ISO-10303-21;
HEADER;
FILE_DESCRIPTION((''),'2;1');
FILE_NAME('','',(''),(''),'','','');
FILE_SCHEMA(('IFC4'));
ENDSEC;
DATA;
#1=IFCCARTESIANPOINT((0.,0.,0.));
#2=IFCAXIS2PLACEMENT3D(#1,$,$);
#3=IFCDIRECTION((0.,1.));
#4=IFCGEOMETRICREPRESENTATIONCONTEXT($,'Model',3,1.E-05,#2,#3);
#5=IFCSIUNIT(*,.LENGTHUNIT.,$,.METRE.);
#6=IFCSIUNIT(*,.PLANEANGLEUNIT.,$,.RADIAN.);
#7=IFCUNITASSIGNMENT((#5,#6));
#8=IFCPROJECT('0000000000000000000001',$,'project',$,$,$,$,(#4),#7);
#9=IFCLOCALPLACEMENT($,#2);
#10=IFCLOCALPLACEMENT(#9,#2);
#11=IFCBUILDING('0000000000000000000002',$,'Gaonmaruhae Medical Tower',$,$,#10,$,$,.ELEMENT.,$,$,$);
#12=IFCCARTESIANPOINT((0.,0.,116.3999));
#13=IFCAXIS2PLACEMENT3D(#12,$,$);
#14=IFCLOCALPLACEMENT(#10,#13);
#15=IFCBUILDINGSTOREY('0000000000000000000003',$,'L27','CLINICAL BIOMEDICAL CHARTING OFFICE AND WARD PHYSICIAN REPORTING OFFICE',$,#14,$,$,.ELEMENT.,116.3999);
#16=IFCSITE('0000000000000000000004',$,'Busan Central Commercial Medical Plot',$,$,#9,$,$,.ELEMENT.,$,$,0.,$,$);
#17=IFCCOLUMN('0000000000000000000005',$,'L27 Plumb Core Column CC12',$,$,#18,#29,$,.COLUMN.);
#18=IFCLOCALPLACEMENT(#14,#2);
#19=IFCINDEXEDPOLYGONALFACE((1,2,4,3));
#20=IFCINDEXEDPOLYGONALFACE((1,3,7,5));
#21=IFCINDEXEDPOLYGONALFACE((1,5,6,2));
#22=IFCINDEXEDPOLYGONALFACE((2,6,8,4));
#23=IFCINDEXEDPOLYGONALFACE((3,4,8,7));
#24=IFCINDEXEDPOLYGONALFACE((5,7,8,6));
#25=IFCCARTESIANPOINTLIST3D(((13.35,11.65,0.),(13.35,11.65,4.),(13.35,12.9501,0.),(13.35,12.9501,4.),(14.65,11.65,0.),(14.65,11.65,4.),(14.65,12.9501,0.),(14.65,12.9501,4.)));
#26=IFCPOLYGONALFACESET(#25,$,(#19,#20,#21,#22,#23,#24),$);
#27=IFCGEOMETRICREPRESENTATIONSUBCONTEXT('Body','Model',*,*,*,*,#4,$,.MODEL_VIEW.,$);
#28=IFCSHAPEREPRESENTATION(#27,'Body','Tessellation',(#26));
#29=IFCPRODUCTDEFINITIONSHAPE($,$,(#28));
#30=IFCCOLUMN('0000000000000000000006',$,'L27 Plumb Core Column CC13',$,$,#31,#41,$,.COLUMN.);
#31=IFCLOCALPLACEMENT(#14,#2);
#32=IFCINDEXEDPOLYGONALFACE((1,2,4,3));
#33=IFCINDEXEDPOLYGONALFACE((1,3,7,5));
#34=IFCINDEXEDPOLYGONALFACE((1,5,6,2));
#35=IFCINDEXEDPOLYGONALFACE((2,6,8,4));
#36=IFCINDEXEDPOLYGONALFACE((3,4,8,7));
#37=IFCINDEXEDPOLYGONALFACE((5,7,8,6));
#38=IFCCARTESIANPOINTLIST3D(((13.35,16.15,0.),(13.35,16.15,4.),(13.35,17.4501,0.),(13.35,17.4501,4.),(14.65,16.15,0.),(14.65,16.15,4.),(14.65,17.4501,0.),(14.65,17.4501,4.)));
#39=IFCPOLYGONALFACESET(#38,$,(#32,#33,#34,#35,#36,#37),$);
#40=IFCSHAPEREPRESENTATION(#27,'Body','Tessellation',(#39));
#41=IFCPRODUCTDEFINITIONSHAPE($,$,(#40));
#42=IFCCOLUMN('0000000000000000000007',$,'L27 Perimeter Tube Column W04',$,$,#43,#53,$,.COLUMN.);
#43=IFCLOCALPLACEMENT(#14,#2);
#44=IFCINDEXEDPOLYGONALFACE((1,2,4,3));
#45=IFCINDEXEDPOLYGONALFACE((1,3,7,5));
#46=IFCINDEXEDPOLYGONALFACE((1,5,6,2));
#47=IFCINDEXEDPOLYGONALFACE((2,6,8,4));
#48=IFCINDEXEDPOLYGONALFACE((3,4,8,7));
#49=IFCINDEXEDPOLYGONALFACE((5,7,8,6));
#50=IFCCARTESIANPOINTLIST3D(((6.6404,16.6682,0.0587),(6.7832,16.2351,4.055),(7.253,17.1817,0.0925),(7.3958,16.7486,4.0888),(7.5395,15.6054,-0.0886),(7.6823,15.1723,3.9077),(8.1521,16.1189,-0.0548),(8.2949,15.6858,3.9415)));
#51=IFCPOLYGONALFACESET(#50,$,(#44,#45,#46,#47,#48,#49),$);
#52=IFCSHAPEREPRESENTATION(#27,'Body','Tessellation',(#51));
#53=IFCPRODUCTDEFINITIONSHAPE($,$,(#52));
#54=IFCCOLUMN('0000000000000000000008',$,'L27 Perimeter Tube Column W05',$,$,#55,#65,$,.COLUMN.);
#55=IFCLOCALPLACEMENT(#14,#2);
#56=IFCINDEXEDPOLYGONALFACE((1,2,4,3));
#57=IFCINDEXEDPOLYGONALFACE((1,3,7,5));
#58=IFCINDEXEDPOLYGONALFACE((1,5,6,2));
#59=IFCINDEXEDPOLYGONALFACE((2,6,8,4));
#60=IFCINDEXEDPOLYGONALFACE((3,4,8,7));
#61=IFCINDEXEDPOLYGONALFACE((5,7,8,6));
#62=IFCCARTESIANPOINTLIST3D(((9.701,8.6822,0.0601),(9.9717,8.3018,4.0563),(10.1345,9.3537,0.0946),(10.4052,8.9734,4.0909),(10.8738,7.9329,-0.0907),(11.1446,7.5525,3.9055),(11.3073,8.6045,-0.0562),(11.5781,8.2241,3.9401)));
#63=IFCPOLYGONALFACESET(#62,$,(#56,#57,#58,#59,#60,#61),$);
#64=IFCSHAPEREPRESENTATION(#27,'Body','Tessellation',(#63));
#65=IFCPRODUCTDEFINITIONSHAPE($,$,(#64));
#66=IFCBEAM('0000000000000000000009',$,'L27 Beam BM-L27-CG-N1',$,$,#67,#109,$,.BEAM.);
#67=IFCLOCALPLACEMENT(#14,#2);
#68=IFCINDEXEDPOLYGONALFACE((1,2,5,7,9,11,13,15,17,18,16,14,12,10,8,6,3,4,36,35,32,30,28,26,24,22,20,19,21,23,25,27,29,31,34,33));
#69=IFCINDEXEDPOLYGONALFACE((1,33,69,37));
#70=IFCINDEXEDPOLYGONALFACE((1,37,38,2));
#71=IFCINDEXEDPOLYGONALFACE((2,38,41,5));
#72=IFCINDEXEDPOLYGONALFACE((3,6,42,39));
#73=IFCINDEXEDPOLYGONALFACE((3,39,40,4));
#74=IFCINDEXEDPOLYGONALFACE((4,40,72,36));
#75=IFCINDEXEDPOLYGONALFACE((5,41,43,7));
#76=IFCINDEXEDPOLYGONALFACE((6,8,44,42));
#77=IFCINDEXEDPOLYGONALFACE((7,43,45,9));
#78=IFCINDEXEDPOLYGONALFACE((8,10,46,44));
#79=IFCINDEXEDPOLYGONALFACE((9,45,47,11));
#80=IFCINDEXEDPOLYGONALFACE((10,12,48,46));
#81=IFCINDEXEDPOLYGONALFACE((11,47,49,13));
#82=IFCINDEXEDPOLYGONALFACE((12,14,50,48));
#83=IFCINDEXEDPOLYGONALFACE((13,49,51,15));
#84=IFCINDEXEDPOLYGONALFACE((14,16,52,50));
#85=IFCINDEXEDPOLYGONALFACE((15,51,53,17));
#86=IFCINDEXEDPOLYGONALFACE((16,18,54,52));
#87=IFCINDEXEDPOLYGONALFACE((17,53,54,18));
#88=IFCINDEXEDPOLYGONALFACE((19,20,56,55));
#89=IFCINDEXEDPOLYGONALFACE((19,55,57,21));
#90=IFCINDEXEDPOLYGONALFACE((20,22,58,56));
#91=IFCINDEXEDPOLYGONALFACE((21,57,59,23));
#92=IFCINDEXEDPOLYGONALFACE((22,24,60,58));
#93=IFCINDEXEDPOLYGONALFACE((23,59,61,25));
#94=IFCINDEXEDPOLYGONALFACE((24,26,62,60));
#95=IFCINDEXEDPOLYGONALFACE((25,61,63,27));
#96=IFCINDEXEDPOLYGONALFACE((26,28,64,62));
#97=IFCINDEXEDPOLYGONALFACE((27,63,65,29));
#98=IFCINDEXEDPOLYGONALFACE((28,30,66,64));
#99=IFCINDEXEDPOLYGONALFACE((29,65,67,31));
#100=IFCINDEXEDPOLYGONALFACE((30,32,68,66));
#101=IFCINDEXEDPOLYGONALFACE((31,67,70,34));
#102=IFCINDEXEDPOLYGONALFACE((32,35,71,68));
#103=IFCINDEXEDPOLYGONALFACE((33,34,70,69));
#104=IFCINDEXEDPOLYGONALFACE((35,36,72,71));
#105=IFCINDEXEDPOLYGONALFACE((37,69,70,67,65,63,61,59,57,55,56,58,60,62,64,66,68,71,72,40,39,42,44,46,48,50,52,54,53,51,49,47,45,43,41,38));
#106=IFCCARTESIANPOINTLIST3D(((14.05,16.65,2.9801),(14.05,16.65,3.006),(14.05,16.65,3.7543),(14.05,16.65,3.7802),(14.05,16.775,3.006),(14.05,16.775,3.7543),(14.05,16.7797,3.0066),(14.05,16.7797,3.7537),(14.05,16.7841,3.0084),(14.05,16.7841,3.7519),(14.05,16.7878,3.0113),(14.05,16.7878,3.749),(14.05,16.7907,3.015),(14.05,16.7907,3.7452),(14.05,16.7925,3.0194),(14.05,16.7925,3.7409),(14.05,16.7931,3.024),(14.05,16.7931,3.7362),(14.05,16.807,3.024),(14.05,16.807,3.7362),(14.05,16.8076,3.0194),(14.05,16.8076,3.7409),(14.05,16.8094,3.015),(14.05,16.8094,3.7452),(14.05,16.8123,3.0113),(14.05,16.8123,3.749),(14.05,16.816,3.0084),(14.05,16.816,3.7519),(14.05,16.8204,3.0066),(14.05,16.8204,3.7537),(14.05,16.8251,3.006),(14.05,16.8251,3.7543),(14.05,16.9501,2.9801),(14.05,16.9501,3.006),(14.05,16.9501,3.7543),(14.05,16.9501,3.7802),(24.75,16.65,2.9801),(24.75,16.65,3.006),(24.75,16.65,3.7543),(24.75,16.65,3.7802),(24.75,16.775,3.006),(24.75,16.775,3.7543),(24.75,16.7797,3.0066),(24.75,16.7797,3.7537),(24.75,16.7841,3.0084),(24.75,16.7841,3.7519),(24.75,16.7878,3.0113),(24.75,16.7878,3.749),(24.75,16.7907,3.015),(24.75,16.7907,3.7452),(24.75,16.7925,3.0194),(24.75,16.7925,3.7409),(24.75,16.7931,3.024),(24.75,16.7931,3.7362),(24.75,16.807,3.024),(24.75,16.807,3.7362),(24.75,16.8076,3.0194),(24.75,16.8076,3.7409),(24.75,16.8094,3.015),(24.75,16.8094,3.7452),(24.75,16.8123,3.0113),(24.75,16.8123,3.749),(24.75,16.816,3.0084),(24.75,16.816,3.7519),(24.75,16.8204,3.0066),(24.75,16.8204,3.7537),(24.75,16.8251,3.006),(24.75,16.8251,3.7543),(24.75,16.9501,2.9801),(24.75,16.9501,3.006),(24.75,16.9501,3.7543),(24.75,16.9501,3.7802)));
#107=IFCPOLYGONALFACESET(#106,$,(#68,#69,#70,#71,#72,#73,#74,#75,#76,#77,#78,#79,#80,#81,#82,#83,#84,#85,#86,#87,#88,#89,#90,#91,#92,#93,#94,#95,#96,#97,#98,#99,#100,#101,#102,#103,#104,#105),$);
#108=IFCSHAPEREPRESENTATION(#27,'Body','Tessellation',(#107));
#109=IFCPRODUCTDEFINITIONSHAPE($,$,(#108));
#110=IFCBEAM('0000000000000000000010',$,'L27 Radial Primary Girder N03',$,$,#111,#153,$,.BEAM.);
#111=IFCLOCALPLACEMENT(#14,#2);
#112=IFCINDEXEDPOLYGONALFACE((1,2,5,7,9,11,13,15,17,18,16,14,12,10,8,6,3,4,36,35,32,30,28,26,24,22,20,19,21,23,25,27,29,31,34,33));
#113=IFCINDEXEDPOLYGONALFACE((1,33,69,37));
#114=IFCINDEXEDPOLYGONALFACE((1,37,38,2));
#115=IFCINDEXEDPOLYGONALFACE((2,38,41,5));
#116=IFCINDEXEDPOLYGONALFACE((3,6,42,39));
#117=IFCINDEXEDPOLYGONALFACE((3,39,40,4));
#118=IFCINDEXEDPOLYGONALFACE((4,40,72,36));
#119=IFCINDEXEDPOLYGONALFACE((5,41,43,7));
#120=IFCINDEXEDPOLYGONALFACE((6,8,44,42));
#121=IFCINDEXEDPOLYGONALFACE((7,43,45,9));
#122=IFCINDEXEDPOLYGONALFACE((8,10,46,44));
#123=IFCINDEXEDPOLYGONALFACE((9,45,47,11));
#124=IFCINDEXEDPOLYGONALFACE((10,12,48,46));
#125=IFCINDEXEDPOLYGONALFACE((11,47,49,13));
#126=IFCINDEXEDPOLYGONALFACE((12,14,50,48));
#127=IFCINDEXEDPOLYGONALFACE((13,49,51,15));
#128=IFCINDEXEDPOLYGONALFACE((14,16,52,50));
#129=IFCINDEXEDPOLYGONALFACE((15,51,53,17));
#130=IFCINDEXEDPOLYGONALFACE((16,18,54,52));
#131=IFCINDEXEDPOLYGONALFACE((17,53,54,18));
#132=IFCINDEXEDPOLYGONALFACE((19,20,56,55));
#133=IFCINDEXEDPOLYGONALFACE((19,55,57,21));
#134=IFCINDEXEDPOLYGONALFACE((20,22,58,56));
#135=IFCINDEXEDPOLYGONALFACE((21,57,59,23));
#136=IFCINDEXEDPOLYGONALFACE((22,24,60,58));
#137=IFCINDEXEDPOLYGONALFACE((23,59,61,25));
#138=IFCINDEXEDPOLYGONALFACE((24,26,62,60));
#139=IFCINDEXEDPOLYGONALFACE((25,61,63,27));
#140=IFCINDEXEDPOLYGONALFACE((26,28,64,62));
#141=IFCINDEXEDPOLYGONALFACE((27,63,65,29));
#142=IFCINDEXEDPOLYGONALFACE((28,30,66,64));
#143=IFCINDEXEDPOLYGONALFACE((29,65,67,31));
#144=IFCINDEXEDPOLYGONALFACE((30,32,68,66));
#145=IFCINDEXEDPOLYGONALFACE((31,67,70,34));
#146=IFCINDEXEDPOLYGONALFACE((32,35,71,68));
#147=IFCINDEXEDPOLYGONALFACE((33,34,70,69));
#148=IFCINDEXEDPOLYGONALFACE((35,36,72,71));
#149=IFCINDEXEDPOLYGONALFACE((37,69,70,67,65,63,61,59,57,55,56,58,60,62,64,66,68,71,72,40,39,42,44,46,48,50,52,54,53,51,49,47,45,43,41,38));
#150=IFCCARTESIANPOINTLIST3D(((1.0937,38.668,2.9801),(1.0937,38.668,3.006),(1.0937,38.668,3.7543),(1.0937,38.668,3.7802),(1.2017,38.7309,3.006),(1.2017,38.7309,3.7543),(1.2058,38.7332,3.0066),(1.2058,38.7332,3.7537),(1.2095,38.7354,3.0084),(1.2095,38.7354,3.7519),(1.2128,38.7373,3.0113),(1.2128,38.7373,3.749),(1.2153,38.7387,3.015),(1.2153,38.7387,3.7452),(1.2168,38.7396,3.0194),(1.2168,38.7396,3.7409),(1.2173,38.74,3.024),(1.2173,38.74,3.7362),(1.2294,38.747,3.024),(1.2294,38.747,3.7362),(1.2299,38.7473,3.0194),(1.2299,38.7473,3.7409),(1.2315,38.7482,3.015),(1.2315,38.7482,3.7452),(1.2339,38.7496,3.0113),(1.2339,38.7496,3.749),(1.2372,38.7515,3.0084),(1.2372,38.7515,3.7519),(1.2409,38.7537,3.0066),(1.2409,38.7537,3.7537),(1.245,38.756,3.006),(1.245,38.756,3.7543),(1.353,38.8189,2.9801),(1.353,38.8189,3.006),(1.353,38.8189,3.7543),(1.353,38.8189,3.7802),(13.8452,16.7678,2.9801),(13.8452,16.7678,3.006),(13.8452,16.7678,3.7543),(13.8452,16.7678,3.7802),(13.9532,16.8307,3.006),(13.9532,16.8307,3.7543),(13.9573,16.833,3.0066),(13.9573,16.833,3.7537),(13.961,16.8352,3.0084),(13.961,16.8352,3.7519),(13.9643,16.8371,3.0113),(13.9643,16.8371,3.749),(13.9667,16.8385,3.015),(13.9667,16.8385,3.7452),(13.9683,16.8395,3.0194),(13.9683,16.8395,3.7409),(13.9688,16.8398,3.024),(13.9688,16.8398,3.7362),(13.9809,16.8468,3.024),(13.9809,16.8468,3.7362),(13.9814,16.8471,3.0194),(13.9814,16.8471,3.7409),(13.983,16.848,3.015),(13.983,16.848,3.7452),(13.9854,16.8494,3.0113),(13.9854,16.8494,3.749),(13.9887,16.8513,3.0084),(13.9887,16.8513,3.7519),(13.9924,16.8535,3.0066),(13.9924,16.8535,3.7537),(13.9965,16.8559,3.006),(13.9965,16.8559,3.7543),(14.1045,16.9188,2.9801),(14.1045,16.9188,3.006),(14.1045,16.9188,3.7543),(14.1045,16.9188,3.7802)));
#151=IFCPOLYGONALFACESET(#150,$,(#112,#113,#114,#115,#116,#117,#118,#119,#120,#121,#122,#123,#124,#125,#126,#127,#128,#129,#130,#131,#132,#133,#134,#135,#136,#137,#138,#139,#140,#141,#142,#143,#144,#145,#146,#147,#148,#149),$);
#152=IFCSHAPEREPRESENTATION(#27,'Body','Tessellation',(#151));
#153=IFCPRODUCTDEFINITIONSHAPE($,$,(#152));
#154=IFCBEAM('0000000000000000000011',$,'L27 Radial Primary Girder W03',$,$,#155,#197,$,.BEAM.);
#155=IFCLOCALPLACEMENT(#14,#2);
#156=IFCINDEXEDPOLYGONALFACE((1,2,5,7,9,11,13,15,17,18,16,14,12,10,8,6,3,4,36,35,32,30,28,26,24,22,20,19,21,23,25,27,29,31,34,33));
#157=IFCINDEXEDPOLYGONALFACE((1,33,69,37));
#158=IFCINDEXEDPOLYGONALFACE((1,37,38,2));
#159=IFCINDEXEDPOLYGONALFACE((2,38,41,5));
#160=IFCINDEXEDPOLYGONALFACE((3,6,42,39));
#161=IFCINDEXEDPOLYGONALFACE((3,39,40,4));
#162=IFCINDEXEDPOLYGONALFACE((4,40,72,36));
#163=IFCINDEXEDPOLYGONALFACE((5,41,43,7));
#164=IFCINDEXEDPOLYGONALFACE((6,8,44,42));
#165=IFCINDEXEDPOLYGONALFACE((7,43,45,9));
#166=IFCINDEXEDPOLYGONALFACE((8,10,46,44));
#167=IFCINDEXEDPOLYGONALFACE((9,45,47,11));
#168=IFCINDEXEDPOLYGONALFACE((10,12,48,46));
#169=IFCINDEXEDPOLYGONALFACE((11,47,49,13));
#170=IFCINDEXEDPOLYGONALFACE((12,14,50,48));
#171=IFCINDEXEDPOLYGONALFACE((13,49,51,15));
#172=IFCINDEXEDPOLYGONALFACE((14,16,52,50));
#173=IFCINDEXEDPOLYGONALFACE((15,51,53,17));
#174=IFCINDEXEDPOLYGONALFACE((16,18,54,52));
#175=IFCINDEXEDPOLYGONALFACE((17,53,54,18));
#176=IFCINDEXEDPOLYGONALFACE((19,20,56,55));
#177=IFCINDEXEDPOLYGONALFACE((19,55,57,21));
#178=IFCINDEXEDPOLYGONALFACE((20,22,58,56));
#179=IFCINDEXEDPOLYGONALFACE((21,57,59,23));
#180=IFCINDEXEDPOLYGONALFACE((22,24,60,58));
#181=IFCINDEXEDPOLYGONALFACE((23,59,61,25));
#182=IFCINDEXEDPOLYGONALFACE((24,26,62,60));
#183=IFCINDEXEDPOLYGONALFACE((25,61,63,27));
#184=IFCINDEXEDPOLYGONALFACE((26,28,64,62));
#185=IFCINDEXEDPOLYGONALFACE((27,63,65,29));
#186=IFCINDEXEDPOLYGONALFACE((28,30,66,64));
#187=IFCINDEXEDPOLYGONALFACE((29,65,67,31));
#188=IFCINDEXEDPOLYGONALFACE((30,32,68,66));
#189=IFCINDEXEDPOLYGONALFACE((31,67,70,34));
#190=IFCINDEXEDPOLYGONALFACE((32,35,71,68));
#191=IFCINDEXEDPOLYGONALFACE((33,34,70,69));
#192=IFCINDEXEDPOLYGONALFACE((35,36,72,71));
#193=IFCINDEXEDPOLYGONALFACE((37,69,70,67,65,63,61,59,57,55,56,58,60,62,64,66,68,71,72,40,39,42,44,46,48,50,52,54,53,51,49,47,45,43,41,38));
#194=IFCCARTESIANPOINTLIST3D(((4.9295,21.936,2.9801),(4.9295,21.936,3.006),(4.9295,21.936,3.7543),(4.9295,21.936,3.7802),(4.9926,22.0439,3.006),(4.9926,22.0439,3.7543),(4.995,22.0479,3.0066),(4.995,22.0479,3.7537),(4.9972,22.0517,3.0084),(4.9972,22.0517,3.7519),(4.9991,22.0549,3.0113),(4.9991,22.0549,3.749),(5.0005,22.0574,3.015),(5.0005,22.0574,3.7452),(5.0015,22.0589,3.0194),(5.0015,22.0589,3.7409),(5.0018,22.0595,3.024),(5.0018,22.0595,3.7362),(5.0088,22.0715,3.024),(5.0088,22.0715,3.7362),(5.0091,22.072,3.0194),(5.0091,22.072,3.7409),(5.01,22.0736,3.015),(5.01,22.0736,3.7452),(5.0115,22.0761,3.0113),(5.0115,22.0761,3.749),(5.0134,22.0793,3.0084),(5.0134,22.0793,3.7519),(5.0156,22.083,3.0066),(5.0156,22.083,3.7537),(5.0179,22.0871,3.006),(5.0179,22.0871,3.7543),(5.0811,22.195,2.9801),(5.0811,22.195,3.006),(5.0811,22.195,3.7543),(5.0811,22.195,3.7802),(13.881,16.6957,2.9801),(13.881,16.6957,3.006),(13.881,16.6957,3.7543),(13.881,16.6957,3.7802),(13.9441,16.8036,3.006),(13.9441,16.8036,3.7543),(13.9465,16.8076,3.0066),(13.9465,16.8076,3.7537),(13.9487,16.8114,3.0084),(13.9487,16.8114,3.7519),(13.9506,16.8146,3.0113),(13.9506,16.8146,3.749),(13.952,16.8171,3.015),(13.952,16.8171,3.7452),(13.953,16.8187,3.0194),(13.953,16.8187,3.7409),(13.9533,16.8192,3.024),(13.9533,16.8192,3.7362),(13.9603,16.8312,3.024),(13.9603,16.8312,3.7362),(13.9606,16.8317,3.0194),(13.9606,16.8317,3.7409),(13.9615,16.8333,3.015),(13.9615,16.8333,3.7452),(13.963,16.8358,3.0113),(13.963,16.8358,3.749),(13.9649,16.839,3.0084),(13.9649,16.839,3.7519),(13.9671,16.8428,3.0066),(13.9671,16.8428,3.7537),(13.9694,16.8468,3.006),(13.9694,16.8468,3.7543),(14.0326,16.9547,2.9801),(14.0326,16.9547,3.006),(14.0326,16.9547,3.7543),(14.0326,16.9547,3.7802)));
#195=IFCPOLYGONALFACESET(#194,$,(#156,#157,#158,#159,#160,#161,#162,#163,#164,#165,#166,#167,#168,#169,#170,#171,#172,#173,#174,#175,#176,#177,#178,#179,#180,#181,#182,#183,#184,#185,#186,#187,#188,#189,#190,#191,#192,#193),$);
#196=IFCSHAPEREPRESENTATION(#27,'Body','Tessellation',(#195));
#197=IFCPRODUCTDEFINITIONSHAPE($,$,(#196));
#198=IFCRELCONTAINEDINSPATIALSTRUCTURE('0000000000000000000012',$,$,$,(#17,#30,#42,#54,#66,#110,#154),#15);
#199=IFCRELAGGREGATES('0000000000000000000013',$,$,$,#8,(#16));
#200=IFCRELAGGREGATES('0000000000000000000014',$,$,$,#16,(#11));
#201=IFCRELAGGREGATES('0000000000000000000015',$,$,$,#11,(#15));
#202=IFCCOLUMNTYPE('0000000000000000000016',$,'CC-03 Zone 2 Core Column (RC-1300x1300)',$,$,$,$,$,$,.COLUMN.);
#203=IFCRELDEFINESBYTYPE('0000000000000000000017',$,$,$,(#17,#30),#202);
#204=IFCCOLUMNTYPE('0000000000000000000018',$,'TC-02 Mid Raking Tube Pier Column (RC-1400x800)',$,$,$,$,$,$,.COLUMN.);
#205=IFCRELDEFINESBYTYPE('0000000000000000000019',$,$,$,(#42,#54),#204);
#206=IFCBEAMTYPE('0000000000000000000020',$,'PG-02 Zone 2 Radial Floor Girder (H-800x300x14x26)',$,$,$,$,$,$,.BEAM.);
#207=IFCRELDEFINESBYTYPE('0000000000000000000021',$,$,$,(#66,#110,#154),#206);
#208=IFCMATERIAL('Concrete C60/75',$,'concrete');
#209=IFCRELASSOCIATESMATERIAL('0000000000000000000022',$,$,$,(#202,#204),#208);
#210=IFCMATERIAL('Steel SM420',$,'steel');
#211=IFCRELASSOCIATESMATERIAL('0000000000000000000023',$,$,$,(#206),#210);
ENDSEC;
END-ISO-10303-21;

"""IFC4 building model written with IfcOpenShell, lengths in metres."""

from ifc_helpers import new_model, si_unit, direction, frame, origin, origin_2d, place, context, subcontext, project, spatial, rectangle, i_section, extrude, material, material_profile, profile_set, type_object, element, save


model = new_model("IFC4")

# Units and contexts
model_context = context("Model", 3, precision=1e-05, world=origin(), true_north=direction((0.0, 1.0)))
body_context = subcontext(model_context, "Body", "Model", "MODEL_VIEW")
ifc_project = project(units=[si_unit("LENGTHUNIT", "METRE"), si_unit("PLANEANGLEUNIT", "RADIAN")], contexts=[model_context])

# Site, building, storey
site_placement = place(None, origin())
site = spatial("IfcSite", under=ifc_project, at=site_placement, Name="Busan Central Commercial Medical Plot", CompositionType="ELEMENT", RefElevation=0.0)
building_placement = place(site_placement, origin())
building = spatial("IfcBuilding", under=site, at=building_placement, Name="Gaonmaruhae Medical Tower", CompositionType="ELEMENT")
storey_placement = place(building_placement, frame((0.0, 0.0, 116.3999)))
storey = spatial("IfcBuildingStorey", under=building, at=storey_placement, Name="L27", Description="CLINICAL BIOMEDICAL CHARTING OFFICE AND WARD PHYSICIAN REPORTING OFFICE", CompositionType="ELEMENT", Elevation=116.3999)

# Columns
ifc_material_1 = material(Name="Concrete C60/75", Category="concrete")
ifc_material_profile_1 = material_profile(ifc_material_1, rectangle(XDim=1.3, YDim=1.3, at=origin_2d()), Name="RC-1300x1300")
ifc_profile_set_1 = profile_set([ifc_material_profile_1], Name="Concrete C60/75")
column_type_1 = type_object("IfcColumnType", Name="CC-03 Zone 2 Core Column (RC-1300x1300)", PredefinedType="COLUMN", material=ifc_profile_set_1)
for number, where, z_axis, x_axis, name in (
    (1, (14.0, 12.3, 0.0), (0.0, 0.0, 1.0), (1.0, 0.0, 0.0), "L27 Plumb Core Column CC12"),
    (2, (14.0, 16.8, 0.0), (0.0, 0.0, 1.0), (1.0, 0.0, 0.0), "L27 Plumb Core Column CC13"),
):
    element("IfcColumn", number, at=place(storey_placement, frame(where, z_axis=z_axis, x_axis=x_axis)), inside=storey, type_object=column_type_1, Name=name, PredefinedType="COLUMN", context=body_context, shape_type="SweptSolid", body=[
        extrude(rectangle(XDim=1.3, YDim=1.3, at=origin_2d()), origin(), (0.0, 0.0, 1.0), 4.0),
    ])
ifc_material_profile_2 = material_profile(ifc_material_1, rectangle(XDim=1.3999, YDim=0.8, at=origin_2d()), Name="RC-1400x800")
ifc_profile_set_2 = profile_set([ifc_material_profile_2], Name="Concrete C60/75")
column_type_2 = type_object("IfcColumnType", Name="TC-02 Mid Raking Tube Pier Column (RC-1400x800)", PredefinedType="COLUMN", material=ifc_profile_set_2)
column_1_placement = place(storey_placement, frame((7.3962, 16.3936, 0.002), z_axis=(0.035508, -0.107677, 0.993552), x_axis=(-0.642258, 0.75923, 0.105235)))
element("IfcColumn", 3, at=column_1_placement, inside=storey, type_object=column_type_2, Name="L27 Perimeter Tube Column W04", PredefinedType="COLUMN", context=body_context, shape_type="SweptSolid", body=[
    extrude(rectangle(XDim=1.3999, YDim=0.8, at=origin_2d()), origin(), (0.0, 0.0, 1.0), 4.0222),
])
column_2_placement = place(storey_placement, frame((10.5042, 8.6433, 0.002), z_axis=(0.067292, -0.094537, 0.993244), x_axis=(-0.837815, 0.535225, 0.107705)))
element("IfcColumn", 4, at=column_2_placement, inside=storey, type_object=column_type_2, Name="L27 Perimeter Tube Column W05", PredefinedType="COLUMN", context=body_context, shape_type="SweptSolid", body=[
    extrude(rectangle(XDim=1.3999, YDim=0.8, at=origin_2d()), origin(), (0.0, 0.0, 1.0), 4.0234),
])

# Beams
ifc_material_2 = material(Name="Steel SM420", Category="steel")
ifc_material_profile_3 = material_profile(ifc_material_2, i_section(OverallWidth=0.3, OverallDepth=0.8, WebThickness=0.0139, FlangeThickness=0.0259, FilletRadius=0.0181, at=origin_2d()), Name="H-800x300x14x26")
ifc_profile_set_3 = profile_set([ifc_material_profile_3], Name="Steel SM420")
beam_type_1 = type_object("IfcBeamType", Name="PG-02 Zone 2 Radial Floor Girder (H-800x300x14x26)", PredefinedType="BEAM", material=ifc_profile_set_3)
beam_1_placement = place(storey_placement, frame((14.05, 16.8, 3.3801), z_axis=(1.0, 0.0, 0.0), x_axis=(0.0, 1.0, 0.0)))
element("IfcBeam", 5, at=beam_1_placement, inside=storey, type_object=beam_type_1, Name="L27 Beam BM-L27-CG-N1", PredefinedType="BEAM", context=body_context, shape_type="SweptSolid", body=[
    extrude(i_section(OverallWidth=0.3, OverallDepth=0.8, WebThickness=0.0139, FlangeThickness=0.0259, FilletRadius=0.0181, at=origin_2d()), origin(), (0.0, 0.0, 1.0), 10.7),
])
beam_2_placement = place(storey_placement, frame((13.9749, 16.8433, 3.3801), z_axis=(-0.503175, 0.864184, 0.0), x_axis=(-0.864184, -0.503175, 0.0)))
element("IfcBeam", 6, at=beam_2_placement, inside=storey, type_object=beam_type_1, Name="L27 Radial Primary Girder N03", PredefinedType="BEAM", context=body_context, shape_type="SweptSolid", body=[
    extrude(i_section(OverallWidth=0.3, OverallDepth=0.8, WebThickness=0.0139, FlangeThickness=0.0259, FilletRadius=0.0181, at=origin_2d()), origin(), (0.0, 0.0, 1.0), 25.342),
])
beam_3_placement = place(storey_placement, frame((13.9568, 16.8252, 3.3801), z_axis=(-0.862998, 0.505207, 0.0), x_axis=(-0.505207, -0.862998, 0.0)))
element("IfcBeam", 7, at=beam_3_placement, inside=storey, type_object=beam_type_1, Name="L27 Radial Primary Girder W03", PredefinedType="BEAM", context=body_context, shape_type="SweptSolid", body=[
    extrude(i_section(OverallWidth=0.3, OverallDepth=0.8, WebThickness=0.0139, FlangeThickness=0.0259, FilletRadius=0.0181, at=origin_2d()), origin(), (0.0, 0.0, 1.0), 10.3726),
])

save(model, "model.ifc")
